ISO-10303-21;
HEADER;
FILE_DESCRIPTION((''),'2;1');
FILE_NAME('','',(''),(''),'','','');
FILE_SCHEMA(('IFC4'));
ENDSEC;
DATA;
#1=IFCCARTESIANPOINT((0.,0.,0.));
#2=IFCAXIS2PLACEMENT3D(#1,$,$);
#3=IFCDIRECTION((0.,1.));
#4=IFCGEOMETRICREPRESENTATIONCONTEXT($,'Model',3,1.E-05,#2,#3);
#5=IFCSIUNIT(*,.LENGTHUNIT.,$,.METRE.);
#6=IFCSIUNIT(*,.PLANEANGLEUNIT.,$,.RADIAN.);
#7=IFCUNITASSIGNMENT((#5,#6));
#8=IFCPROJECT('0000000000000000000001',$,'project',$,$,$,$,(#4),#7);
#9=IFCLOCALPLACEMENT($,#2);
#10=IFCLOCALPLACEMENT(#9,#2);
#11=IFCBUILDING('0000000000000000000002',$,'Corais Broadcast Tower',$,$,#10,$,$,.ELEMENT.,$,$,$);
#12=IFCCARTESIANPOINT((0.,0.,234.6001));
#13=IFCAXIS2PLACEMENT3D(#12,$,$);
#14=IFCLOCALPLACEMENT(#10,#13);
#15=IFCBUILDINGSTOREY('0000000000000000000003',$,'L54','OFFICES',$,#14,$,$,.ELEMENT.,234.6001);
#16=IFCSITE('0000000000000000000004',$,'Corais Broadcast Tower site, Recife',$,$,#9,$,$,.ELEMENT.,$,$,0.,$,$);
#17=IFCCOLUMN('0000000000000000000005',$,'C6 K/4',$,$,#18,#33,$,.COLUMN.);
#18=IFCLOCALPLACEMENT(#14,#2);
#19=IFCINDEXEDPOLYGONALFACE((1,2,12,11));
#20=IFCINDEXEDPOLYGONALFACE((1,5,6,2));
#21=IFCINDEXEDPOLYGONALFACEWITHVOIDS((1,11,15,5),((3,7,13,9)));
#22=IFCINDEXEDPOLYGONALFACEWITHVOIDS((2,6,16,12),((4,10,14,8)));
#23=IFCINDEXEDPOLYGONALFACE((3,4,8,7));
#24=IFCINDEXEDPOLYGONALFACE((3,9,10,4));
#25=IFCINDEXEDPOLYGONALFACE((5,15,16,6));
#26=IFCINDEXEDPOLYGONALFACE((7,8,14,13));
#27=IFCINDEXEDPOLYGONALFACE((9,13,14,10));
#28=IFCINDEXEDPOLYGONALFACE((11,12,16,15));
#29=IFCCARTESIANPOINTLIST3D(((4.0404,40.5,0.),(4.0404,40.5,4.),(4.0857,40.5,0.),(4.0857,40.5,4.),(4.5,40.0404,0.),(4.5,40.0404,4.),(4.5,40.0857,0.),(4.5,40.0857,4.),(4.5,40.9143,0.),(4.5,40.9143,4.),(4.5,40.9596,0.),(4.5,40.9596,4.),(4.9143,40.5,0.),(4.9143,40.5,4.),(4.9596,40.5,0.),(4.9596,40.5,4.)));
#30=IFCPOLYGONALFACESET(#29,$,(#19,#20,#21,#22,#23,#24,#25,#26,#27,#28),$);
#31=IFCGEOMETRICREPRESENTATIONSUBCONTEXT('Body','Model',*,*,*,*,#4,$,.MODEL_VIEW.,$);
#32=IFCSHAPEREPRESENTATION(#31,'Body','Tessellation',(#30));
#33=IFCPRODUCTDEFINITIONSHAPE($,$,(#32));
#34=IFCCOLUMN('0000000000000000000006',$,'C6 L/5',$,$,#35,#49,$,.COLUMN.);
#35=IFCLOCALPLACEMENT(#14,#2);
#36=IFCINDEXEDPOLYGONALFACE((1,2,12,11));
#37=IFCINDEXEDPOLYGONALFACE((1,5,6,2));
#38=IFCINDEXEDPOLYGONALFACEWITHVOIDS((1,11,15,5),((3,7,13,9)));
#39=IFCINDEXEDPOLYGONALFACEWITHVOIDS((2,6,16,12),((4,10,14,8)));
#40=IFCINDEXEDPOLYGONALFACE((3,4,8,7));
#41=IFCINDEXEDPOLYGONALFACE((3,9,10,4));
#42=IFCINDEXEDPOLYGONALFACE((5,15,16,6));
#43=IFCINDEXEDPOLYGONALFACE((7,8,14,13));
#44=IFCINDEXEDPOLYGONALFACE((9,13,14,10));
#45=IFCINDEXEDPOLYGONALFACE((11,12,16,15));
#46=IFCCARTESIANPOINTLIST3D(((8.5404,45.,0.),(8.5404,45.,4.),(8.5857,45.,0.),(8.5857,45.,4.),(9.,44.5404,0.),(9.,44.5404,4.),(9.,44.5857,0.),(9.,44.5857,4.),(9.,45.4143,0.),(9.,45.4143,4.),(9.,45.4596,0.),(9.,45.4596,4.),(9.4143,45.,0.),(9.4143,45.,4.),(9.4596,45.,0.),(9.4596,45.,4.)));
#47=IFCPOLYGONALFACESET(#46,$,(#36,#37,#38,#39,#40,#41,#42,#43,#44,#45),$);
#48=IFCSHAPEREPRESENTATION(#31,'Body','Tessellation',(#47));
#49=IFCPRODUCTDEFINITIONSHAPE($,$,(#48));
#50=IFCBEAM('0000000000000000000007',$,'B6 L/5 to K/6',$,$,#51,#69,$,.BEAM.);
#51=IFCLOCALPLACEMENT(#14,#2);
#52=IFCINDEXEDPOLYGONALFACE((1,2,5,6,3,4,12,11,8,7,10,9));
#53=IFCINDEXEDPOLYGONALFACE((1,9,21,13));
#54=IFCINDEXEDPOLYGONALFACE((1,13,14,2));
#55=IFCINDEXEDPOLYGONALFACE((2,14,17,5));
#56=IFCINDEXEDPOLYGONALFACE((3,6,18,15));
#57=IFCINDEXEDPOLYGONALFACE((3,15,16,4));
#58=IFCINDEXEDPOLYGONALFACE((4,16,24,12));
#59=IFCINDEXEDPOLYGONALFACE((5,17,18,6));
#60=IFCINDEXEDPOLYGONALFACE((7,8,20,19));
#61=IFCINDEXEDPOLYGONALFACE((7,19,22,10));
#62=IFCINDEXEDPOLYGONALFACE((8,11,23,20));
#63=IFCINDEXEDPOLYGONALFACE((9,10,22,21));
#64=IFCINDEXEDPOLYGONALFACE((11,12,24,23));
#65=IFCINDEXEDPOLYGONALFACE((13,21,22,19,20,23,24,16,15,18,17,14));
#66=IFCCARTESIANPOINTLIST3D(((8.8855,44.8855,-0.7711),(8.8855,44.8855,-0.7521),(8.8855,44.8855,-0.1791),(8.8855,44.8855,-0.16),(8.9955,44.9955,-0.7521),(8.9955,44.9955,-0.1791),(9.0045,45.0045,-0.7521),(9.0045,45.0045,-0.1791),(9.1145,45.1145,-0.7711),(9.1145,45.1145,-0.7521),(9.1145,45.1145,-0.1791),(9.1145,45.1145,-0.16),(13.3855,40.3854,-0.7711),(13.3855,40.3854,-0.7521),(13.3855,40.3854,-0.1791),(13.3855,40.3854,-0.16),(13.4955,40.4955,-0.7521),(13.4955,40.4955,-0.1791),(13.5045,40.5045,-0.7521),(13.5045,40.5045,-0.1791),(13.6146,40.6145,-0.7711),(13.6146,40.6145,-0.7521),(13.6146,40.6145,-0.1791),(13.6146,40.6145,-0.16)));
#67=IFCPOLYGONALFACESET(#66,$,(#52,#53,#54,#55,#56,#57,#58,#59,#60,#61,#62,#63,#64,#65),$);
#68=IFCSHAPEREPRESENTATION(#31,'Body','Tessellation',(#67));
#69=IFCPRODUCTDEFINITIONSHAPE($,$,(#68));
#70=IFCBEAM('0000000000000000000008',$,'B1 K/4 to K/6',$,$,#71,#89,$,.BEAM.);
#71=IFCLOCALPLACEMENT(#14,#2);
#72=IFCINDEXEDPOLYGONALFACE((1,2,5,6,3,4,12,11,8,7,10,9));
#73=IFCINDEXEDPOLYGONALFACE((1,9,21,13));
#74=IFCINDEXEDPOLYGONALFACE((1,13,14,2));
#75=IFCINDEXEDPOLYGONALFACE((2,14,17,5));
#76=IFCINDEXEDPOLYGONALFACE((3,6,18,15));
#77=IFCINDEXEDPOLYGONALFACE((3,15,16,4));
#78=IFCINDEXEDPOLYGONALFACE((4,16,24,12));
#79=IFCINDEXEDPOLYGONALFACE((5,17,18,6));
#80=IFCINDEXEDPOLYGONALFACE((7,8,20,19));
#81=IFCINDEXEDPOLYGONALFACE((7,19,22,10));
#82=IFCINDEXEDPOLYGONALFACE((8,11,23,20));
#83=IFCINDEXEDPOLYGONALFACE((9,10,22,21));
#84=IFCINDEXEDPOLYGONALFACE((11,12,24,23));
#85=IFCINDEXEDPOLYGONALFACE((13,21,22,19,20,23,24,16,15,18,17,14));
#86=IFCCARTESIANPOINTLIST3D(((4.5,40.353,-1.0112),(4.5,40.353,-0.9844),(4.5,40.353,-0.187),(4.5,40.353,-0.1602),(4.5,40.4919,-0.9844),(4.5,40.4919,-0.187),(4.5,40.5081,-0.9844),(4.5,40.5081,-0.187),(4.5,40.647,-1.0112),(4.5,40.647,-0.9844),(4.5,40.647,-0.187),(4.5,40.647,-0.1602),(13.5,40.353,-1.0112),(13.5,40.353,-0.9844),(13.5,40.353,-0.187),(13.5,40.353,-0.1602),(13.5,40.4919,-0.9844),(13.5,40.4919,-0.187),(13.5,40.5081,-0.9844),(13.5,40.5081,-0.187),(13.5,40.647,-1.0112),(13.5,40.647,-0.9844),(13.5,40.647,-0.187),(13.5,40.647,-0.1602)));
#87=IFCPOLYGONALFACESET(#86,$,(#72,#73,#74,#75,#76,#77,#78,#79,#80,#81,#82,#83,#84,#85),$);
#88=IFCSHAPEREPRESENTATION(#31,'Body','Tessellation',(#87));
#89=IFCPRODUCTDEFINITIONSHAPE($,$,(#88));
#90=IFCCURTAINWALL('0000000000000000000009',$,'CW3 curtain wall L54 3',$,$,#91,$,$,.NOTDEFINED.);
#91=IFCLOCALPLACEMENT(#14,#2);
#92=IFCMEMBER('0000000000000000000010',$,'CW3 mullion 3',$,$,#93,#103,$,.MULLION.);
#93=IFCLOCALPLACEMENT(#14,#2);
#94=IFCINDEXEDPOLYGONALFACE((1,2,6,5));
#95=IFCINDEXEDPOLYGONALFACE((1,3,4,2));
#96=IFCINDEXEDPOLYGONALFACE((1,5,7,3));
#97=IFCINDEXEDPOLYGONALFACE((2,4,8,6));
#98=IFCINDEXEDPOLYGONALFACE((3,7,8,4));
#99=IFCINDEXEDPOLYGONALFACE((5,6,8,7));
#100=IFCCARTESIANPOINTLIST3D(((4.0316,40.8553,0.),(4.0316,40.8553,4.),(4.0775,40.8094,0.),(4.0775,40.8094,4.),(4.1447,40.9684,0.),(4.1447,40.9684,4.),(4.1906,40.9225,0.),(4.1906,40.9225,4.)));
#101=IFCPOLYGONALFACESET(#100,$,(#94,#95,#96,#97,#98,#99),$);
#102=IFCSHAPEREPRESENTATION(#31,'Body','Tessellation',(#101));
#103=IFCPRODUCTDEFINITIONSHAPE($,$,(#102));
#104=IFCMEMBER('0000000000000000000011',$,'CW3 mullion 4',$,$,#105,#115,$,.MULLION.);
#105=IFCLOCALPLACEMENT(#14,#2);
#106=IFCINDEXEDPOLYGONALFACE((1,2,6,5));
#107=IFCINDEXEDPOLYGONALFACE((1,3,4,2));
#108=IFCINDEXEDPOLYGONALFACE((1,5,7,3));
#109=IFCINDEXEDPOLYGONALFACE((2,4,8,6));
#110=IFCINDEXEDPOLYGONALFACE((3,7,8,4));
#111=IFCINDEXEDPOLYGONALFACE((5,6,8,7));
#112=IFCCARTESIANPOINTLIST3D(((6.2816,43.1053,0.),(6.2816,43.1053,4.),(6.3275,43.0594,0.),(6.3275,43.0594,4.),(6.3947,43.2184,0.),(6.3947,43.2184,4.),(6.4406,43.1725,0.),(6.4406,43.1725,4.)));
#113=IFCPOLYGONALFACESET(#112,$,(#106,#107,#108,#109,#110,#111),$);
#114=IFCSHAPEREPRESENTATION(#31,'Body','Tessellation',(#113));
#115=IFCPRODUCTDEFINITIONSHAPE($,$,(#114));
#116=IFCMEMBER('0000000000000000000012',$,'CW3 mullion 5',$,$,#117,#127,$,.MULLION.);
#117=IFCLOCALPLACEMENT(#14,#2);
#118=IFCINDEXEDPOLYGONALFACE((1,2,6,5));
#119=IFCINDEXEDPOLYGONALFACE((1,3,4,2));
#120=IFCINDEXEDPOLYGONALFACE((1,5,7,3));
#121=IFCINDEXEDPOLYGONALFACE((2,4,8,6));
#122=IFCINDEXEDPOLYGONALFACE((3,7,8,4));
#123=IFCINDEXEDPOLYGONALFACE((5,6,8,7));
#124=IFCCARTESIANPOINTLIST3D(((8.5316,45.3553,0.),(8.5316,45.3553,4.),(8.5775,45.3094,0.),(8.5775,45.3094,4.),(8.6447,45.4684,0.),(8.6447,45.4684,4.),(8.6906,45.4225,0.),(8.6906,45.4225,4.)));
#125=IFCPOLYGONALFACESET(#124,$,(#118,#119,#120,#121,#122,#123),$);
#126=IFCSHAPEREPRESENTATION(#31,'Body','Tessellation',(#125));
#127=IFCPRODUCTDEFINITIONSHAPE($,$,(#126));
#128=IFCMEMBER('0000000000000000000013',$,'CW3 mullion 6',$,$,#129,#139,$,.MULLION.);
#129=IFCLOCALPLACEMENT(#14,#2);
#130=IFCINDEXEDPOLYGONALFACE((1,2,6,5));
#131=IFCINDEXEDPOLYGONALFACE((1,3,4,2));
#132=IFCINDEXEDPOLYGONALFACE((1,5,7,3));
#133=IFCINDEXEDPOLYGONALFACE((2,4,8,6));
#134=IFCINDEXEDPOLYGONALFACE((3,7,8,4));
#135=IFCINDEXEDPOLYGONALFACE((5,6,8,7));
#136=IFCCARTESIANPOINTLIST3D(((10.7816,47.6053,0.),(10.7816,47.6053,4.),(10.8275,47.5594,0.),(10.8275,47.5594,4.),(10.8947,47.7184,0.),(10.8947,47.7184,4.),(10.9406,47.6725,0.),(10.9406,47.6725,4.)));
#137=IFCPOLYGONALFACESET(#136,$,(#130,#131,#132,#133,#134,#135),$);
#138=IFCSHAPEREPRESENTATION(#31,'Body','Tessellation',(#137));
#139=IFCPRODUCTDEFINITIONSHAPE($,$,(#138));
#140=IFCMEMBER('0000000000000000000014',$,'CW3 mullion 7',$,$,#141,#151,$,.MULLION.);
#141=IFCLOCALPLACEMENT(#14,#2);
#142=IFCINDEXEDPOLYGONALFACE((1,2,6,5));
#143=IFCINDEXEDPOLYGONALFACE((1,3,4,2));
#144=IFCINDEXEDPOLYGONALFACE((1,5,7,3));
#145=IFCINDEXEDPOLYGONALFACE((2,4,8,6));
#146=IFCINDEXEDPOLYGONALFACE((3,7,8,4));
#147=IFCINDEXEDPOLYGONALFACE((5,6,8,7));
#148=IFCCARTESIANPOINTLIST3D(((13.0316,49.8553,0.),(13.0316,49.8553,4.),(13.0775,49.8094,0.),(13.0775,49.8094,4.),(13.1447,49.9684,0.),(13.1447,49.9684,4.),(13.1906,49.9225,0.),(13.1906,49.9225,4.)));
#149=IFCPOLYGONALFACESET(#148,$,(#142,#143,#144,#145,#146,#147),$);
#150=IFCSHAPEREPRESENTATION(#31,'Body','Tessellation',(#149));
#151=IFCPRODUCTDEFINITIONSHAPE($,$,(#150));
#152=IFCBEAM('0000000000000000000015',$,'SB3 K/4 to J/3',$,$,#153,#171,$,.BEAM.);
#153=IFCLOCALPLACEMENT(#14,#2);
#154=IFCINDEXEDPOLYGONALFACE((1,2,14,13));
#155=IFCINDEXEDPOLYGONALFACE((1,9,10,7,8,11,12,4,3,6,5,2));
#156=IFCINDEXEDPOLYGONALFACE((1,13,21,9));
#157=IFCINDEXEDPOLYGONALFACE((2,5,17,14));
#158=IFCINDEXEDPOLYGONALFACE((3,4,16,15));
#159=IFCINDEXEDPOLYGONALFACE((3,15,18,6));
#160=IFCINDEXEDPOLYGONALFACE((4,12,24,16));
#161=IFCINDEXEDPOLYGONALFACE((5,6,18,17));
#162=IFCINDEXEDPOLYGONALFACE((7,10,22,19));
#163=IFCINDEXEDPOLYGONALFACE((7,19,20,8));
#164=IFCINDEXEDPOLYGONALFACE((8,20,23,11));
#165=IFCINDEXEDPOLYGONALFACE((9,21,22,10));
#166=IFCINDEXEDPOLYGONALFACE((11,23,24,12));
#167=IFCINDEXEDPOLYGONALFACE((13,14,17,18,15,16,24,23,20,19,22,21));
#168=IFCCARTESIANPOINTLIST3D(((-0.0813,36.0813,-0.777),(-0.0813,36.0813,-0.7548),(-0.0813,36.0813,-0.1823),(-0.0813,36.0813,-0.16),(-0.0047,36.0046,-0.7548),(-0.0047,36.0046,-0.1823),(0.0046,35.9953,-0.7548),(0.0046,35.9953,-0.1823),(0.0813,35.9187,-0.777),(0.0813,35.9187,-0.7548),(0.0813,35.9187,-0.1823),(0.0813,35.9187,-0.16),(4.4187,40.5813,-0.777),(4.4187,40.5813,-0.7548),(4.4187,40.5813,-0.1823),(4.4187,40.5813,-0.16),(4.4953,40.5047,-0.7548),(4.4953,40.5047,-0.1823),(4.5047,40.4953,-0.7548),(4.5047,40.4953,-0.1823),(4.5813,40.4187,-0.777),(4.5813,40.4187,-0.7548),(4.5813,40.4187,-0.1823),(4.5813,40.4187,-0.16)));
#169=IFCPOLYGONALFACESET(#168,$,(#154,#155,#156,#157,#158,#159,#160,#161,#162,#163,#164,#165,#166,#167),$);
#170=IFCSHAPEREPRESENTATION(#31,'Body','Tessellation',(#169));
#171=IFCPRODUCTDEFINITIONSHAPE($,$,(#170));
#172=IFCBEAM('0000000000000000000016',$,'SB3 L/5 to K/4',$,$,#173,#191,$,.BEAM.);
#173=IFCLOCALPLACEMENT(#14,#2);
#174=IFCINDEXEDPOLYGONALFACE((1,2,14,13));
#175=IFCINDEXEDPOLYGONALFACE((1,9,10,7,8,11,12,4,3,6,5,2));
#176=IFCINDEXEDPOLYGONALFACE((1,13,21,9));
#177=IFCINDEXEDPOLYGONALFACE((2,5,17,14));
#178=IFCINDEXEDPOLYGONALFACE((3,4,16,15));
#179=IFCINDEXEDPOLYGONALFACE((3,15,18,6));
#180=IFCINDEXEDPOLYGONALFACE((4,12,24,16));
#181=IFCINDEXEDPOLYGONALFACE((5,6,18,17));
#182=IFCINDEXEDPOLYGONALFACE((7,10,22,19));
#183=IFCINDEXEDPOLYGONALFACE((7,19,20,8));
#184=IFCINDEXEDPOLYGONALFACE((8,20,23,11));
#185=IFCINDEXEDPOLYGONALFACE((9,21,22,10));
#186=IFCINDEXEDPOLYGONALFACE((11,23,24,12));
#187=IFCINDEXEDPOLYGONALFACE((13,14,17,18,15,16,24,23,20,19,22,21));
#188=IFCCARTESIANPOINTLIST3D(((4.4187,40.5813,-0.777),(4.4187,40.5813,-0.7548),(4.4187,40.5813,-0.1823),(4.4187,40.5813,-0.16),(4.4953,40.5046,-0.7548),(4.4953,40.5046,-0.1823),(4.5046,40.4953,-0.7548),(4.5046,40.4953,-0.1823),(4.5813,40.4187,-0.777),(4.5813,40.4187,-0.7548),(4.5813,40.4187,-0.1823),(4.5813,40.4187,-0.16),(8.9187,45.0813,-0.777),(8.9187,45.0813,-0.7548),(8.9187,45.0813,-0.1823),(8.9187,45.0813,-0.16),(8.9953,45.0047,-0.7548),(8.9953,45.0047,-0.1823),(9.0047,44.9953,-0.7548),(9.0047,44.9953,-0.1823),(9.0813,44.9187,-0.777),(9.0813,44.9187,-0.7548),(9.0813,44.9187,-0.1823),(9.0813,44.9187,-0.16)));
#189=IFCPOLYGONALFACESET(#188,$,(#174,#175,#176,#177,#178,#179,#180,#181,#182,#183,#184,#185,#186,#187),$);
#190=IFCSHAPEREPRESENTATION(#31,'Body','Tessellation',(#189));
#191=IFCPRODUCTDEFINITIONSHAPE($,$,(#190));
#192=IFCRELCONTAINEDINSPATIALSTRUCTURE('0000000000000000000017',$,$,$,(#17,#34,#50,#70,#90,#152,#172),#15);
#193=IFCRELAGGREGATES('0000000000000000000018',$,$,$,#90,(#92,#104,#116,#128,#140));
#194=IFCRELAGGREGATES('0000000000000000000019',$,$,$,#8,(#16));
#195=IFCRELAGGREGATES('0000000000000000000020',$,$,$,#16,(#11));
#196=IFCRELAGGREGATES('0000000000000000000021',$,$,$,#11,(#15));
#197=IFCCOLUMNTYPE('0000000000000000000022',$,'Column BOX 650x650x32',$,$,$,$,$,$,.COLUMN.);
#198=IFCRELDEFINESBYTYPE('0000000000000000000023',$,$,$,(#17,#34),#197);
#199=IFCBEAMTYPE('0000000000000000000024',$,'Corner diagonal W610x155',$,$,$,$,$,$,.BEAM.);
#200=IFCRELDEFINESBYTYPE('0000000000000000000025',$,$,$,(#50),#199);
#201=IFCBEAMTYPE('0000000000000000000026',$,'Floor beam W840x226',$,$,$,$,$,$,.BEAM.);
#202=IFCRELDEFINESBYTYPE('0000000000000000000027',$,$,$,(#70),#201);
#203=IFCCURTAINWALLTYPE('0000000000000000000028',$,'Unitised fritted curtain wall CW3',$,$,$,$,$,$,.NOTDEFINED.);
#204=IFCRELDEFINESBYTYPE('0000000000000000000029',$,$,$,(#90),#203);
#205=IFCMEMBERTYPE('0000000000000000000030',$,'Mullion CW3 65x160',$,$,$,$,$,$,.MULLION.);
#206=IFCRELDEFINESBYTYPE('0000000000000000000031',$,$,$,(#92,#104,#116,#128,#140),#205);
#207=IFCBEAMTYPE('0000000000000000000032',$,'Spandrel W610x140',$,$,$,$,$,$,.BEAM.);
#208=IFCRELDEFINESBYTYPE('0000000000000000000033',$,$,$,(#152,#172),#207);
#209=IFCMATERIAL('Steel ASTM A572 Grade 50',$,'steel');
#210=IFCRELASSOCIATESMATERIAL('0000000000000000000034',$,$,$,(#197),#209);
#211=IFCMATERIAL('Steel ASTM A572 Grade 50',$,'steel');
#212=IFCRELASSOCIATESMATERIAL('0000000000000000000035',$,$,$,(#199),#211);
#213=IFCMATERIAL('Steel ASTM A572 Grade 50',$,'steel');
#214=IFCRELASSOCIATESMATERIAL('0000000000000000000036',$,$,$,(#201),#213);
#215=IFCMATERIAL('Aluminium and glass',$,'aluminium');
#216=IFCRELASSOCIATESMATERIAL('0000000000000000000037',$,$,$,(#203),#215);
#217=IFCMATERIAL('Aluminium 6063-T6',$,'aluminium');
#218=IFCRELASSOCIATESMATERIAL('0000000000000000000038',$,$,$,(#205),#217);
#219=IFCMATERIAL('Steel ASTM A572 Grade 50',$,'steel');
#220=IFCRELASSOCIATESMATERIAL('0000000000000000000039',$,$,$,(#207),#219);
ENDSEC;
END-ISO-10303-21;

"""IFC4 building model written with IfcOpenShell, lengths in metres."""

from ifc_helpers import new_model, si_unit, direction, frame, origin, origin_2d, place, context, subcontext, project, spatial, rectangle, hollow_rectangle, i_section, extrude, material, material_profile, profile_set, type_object, element, aggregate, save


model = new_model("IFC4")

# Units and contexts
model_context = context("Model", 3, precision=1e-05, world=origin(), true_north=direction((0.0, 1.0)))
body_context = subcontext(model_context, "Body", "Model", "MODEL_VIEW")
ifc_project = project(units=[si_unit("LENGTHUNIT", "METRE"), si_unit("PLANEANGLEUNIT", "RADIAN")], contexts=[model_context])

# Site, building, storey
site_placement = place(None, origin())
site = spatial("IfcSite", under=ifc_project, at=site_placement, Name="Corais Broadcast Tower site, Recife", CompositionType="ELEMENT", RefElevation=0.0)
building_placement = place(site_placement, origin())
building = spatial("IfcBuilding", under=site, at=building_placement, Name="Corais Broadcast Tower", CompositionType="ELEMENT")
storey_placement = place(building_placement, frame((0.0, 0.0, 234.6001)))
storey = spatial("IfcBuildingStorey", under=building, at=storey_placement, Name="L54", Description="OFFICES", CompositionType="ELEMENT", Elevation=234.6001)

# Columns
ifc_material_1 = material(Name="Steel ASTM A572 Grade 50", Category="steel")
ifc_material_profile_1 = material_profile(ifc_material_1, hollow_rectangle(XDim=0.6499, YDim=0.6499, WallThickness=0.032, at=origin_2d()), Name="BOX 650x650x32")
ifc_profile_set_1 = profile_set([ifc_material_profile_1], Name="Steel ASTM A572 Grade 50")
column_type = type_object("IfcColumnType", Name="Column BOX 650x650x32", PredefinedType="COLUMN", material=ifc_profile_set_1)
for number, where, z_axis, x_axis, name in (
    (1, (4.5, 40.5, 0.0), (0.0, 0.0, 1.0), (0.707107, 0.707107, 0.0), "C6 K/4"),
    (2, (9.0, 45.0, 0.0), (0.0, 0.0, 1.0), (0.707107, 0.707107, 0.0), "C6 L/5"),
):
    element("IfcColumn", number, at=place(storey_placement, frame(where, z_axis=z_axis, x_axis=x_axis)), inside=storey, type_object=column_type, Name=name, PredefinedType="COLUMN", context=body_context, shape_type="SweptSolid", body=[
        extrude(hollow_rectangle(XDim=0.6499, YDim=0.6499, WallThickness=0.032, at=origin_2d()), origin(), (0.0, 0.0, 1.0), 4.0),
    ])

# Beams
ifc_material_2 = material(Name="Steel ASTM A572 Grade 50", Category="steel")
ifc_material_profile_2 = material_profile(ifc_material_2, i_section(OverallWidth=0.324, OverallDepth=0.6111, WebThickness=0.0127, FlangeThickness=0.019, at=origin_2d()), Name="W610x155")
ifc_profile_set_2 = profile_set([ifc_material_profile_2], Name="Steel ASTM A572 Grade 50")
beam_type_1 = type_object("IfcBeamType", Name="Corner diagonal W610x155", PredefinedType="BEAM", material=ifc_profile_set_2)
beam_1_placement = place(storey_placement, frame((9.0, 45.0, -0.4656), z_axis=(0.707107, -0.707107, 0.0), x_axis=(0.707107, 0.707107, 0.0)))
element("IfcBeam", 3, at=beam_1_placement, inside=storey, type_object=beam_type_1, Name="B6 L/5 to K/6", PredefinedType="BEAM", context=body_context, shape_type="SweptSolid", body=[
    extrude(i_section(OverallWidth=0.324, OverallDepth=0.6111, WebThickness=0.0127, FlangeThickness=0.019, at=origin_2d()), origin(), (0.0, 0.0, 1.0), 6.364),
])
ifc_material_3 = material(Name="Steel ASTM A572 Grade 50", Category="steel")
ifc_material_profile_3 = material_profile(ifc_material_3, i_section(OverallWidth=0.2939, OverallDepth=0.8511, WebThickness=0.0161, FlangeThickness=0.0269, at=origin_2d()), Name="W840x226")
ifc_profile_set_3 = profile_set([ifc_material_profile_3], Name="Steel ASTM A572 Grade 50")
beam_type_2 = type_object("IfcBeamType", Name="Floor beam W840x226", PredefinedType="BEAM", material=ifc_profile_set_3)
beam_2_placement = place(storey_placement, frame((4.5, 40.5, -0.5857), z_axis=(1.0, 0.0, 0.0), x_axis=(0.0, 1.0, 0.0)))
element("IfcBeam", 4, at=beam_2_placement, inside=storey, type_object=beam_type_2, Name="B1 K/4 to K/6", PredefinedType="BEAM", context=body_context, shape_type="SweptSolid", body=[
    extrude(i_section(OverallWidth=0.2939, OverallDepth=0.8511, WebThickness=0.0161, FlangeThickness=0.0269, at=origin_2d()), origin(), (0.0, 0.0, 1.0), 9.0),
])

# Curtain wall, members
ifc_material_4 = material(Name="Aluminium and glass", Category="aluminium")
curtain_wall_type = type_object("IfcCurtainWallType", Name="Unitised fritted curtain wall CW3", PredefinedType="NOTDEFINED", material=ifc_material_4)
curtain_wall_placement = place(storey_placement, origin())
curtain_wall = element("IfcCurtainWall", 5, at=curtain_wall_placement, inside=storey, type_object=curtain_wall_type, Name="CW3 curtain wall L54 3", PredefinedType="NOTDEFINED")
ifc_material_5 = material(Name="Aluminium 6063-T6", Category="aluminium")
ifc_material_profile_4 = material_profile(ifc_material_5, rectangle(XDim=0.0649, YDim=0.1599, at=origin_2d()), Name="Mullion CW3 65x160")
ifc_profile_set_4 = profile_set([ifc_material_profile_4], Name="Aluminium 6063-T6")
member_type_1 = type_object("IfcMemberType", Name="Mullion CW3 65x160", PredefinedType="MULLION", material=ifc_profile_set_4)
member_1_placement = place(storey_placement, frame((4.1111, 40.8889, 0.0), z_axis=(0.0, 0.0, 1.0), x_axis=(-0.707107, 0.707107, 0.0)))
member_1 = element("IfcMember", 6, at=member_1_placement, type_object=member_type_1, Name="CW3 mullion 3", PredefinedType="MULLION", context=body_context, shape_type="SweptSolid", body=[
    extrude(rectangle(XDim=0.0649, YDim=0.1599, at=origin_2d()), origin(), (0.0, 0.0, 1.0), 4.0),
])
member_2_placement = place(storey_placement, frame((6.3611, 43.1389, 0.0), z_axis=(0.0, 0.0, 1.0), x_axis=(-0.707107, 0.707107, 0.0)))
member_2 = element("IfcMember", 7, at=member_2_placement, type_object=member_type_1, Name="CW3 mullion 4", PredefinedType="MULLION", context=body_context, shape_type="SweptSolid", body=[
    extrude(rectangle(XDim=0.0649, YDim=0.1599, at=origin_2d()), origin(), (0.0, 0.0, 1.0), 4.0),
])
member_3_placement = place(storey_placement, frame((8.6111, 45.3889, 0.0), z_axis=(0.0, 0.0, 1.0), x_axis=(-0.707107, 0.707107, 0.0)))
member_3 = element("IfcMember", 8, at=member_3_placement, type_object=member_type_1, Name="CW3 mullion 5", PredefinedType="MULLION", context=body_context, shape_type="SweptSolid", body=[
    extrude(rectangle(XDim=0.0649, YDim=0.1599, at=origin_2d()), origin(), (0.0, 0.0, 1.0), 4.0),
])
member_4_placement = place(storey_placement, frame((10.8611, 47.6389, 0.0), z_axis=(0.0, 0.0, 1.0), x_axis=(-0.707107, 0.707107, 0.0)))
member_4 = element("IfcMember", 9, at=member_4_placement, type_object=member_type_1, Name="CW3 mullion 6", PredefinedType="MULLION", context=body_context, shape_type="SweptSolid", body=[
    extrude(rectangle(XDim=0.0649, YDim=0.1599, at=origin_2d()), origin(), (0.0, 0.0, 1.0), 4.0),
])
member_5_placement = place(storey_placement, frame((13.1111, 49.8889, 0.0), z_axis=(0.0, 0.0, 1.0), x_axis=(-0.707107, 0.707107, 0.0)))
member_5 = element("IfcMember", 10, at=member_5_placement, type_object=member_type_1, Name="CW3 mullion 7", PredefinedType="MULLION", context=body_context, shape_type="SweptSolid", body=[
    extrude(rectangle(XDim=0.0649, YDim=0.1599, at=origin_2d()), origin(), (0.0, 0.0, 1.0), 4.0),
])

# Beams
ifc_material_6 = material(Name="Steel ASTM A572 Grade 50", Category="steel")
ifc_material_profile_5 = material_profile(ifc_material_6, i_section(OverallWidth=0.23, OverallDepth=0.6169, WebThickness=0.0132, FlangeThickness=0.0222, at=origin_2d()), Name="W610x140")
ifc_profile_set_5 = profile_set([ifc_material_profile_5], Name="Steel ASTM A572 Grade 50")
beam_type_3 = type_object("IfcBeamType", Name="Spandrel W610x140", PredefinedType="BEAM", material=ifc_profile_set_5)
for number, where, z_axis, x_axis, name in (
    (11, (4.5, 40.5, -0.4685), (-0.707107, -0.707107, 0.0), (0.707107, -0.707107, 0.0), "SB3 K/4 to J/3"),
    (12, (9.0, 45.0, -0.4685), (-0.707107, -0.707107, 0.0), (0.707107, -0.707107, 0.0), "SB3 L/5 to K/4"),
):
    element("IfcBeam", number, at=place(storey_placement, frame(where, z_axis=z_axis, x_axis=x_axis)), inside=storey, type_object=beam_type_3, Name=name, PredefinedType="BEAM", context=body_context, shape_type="SweptSolid", body=[
        extrude(i_section(OverallWidth=0.23, OverallDepth=0.6169, WebThickness=0.0132, FlangeThickness=0.0222, at=origin_2d()), origin(), (0.0, 0.0, 1.0), 6.364),
    ])

aggregate(curtain_wall, [member_1, member_2, member_3, member_4, member_5])

save(model, "model.ifc")
